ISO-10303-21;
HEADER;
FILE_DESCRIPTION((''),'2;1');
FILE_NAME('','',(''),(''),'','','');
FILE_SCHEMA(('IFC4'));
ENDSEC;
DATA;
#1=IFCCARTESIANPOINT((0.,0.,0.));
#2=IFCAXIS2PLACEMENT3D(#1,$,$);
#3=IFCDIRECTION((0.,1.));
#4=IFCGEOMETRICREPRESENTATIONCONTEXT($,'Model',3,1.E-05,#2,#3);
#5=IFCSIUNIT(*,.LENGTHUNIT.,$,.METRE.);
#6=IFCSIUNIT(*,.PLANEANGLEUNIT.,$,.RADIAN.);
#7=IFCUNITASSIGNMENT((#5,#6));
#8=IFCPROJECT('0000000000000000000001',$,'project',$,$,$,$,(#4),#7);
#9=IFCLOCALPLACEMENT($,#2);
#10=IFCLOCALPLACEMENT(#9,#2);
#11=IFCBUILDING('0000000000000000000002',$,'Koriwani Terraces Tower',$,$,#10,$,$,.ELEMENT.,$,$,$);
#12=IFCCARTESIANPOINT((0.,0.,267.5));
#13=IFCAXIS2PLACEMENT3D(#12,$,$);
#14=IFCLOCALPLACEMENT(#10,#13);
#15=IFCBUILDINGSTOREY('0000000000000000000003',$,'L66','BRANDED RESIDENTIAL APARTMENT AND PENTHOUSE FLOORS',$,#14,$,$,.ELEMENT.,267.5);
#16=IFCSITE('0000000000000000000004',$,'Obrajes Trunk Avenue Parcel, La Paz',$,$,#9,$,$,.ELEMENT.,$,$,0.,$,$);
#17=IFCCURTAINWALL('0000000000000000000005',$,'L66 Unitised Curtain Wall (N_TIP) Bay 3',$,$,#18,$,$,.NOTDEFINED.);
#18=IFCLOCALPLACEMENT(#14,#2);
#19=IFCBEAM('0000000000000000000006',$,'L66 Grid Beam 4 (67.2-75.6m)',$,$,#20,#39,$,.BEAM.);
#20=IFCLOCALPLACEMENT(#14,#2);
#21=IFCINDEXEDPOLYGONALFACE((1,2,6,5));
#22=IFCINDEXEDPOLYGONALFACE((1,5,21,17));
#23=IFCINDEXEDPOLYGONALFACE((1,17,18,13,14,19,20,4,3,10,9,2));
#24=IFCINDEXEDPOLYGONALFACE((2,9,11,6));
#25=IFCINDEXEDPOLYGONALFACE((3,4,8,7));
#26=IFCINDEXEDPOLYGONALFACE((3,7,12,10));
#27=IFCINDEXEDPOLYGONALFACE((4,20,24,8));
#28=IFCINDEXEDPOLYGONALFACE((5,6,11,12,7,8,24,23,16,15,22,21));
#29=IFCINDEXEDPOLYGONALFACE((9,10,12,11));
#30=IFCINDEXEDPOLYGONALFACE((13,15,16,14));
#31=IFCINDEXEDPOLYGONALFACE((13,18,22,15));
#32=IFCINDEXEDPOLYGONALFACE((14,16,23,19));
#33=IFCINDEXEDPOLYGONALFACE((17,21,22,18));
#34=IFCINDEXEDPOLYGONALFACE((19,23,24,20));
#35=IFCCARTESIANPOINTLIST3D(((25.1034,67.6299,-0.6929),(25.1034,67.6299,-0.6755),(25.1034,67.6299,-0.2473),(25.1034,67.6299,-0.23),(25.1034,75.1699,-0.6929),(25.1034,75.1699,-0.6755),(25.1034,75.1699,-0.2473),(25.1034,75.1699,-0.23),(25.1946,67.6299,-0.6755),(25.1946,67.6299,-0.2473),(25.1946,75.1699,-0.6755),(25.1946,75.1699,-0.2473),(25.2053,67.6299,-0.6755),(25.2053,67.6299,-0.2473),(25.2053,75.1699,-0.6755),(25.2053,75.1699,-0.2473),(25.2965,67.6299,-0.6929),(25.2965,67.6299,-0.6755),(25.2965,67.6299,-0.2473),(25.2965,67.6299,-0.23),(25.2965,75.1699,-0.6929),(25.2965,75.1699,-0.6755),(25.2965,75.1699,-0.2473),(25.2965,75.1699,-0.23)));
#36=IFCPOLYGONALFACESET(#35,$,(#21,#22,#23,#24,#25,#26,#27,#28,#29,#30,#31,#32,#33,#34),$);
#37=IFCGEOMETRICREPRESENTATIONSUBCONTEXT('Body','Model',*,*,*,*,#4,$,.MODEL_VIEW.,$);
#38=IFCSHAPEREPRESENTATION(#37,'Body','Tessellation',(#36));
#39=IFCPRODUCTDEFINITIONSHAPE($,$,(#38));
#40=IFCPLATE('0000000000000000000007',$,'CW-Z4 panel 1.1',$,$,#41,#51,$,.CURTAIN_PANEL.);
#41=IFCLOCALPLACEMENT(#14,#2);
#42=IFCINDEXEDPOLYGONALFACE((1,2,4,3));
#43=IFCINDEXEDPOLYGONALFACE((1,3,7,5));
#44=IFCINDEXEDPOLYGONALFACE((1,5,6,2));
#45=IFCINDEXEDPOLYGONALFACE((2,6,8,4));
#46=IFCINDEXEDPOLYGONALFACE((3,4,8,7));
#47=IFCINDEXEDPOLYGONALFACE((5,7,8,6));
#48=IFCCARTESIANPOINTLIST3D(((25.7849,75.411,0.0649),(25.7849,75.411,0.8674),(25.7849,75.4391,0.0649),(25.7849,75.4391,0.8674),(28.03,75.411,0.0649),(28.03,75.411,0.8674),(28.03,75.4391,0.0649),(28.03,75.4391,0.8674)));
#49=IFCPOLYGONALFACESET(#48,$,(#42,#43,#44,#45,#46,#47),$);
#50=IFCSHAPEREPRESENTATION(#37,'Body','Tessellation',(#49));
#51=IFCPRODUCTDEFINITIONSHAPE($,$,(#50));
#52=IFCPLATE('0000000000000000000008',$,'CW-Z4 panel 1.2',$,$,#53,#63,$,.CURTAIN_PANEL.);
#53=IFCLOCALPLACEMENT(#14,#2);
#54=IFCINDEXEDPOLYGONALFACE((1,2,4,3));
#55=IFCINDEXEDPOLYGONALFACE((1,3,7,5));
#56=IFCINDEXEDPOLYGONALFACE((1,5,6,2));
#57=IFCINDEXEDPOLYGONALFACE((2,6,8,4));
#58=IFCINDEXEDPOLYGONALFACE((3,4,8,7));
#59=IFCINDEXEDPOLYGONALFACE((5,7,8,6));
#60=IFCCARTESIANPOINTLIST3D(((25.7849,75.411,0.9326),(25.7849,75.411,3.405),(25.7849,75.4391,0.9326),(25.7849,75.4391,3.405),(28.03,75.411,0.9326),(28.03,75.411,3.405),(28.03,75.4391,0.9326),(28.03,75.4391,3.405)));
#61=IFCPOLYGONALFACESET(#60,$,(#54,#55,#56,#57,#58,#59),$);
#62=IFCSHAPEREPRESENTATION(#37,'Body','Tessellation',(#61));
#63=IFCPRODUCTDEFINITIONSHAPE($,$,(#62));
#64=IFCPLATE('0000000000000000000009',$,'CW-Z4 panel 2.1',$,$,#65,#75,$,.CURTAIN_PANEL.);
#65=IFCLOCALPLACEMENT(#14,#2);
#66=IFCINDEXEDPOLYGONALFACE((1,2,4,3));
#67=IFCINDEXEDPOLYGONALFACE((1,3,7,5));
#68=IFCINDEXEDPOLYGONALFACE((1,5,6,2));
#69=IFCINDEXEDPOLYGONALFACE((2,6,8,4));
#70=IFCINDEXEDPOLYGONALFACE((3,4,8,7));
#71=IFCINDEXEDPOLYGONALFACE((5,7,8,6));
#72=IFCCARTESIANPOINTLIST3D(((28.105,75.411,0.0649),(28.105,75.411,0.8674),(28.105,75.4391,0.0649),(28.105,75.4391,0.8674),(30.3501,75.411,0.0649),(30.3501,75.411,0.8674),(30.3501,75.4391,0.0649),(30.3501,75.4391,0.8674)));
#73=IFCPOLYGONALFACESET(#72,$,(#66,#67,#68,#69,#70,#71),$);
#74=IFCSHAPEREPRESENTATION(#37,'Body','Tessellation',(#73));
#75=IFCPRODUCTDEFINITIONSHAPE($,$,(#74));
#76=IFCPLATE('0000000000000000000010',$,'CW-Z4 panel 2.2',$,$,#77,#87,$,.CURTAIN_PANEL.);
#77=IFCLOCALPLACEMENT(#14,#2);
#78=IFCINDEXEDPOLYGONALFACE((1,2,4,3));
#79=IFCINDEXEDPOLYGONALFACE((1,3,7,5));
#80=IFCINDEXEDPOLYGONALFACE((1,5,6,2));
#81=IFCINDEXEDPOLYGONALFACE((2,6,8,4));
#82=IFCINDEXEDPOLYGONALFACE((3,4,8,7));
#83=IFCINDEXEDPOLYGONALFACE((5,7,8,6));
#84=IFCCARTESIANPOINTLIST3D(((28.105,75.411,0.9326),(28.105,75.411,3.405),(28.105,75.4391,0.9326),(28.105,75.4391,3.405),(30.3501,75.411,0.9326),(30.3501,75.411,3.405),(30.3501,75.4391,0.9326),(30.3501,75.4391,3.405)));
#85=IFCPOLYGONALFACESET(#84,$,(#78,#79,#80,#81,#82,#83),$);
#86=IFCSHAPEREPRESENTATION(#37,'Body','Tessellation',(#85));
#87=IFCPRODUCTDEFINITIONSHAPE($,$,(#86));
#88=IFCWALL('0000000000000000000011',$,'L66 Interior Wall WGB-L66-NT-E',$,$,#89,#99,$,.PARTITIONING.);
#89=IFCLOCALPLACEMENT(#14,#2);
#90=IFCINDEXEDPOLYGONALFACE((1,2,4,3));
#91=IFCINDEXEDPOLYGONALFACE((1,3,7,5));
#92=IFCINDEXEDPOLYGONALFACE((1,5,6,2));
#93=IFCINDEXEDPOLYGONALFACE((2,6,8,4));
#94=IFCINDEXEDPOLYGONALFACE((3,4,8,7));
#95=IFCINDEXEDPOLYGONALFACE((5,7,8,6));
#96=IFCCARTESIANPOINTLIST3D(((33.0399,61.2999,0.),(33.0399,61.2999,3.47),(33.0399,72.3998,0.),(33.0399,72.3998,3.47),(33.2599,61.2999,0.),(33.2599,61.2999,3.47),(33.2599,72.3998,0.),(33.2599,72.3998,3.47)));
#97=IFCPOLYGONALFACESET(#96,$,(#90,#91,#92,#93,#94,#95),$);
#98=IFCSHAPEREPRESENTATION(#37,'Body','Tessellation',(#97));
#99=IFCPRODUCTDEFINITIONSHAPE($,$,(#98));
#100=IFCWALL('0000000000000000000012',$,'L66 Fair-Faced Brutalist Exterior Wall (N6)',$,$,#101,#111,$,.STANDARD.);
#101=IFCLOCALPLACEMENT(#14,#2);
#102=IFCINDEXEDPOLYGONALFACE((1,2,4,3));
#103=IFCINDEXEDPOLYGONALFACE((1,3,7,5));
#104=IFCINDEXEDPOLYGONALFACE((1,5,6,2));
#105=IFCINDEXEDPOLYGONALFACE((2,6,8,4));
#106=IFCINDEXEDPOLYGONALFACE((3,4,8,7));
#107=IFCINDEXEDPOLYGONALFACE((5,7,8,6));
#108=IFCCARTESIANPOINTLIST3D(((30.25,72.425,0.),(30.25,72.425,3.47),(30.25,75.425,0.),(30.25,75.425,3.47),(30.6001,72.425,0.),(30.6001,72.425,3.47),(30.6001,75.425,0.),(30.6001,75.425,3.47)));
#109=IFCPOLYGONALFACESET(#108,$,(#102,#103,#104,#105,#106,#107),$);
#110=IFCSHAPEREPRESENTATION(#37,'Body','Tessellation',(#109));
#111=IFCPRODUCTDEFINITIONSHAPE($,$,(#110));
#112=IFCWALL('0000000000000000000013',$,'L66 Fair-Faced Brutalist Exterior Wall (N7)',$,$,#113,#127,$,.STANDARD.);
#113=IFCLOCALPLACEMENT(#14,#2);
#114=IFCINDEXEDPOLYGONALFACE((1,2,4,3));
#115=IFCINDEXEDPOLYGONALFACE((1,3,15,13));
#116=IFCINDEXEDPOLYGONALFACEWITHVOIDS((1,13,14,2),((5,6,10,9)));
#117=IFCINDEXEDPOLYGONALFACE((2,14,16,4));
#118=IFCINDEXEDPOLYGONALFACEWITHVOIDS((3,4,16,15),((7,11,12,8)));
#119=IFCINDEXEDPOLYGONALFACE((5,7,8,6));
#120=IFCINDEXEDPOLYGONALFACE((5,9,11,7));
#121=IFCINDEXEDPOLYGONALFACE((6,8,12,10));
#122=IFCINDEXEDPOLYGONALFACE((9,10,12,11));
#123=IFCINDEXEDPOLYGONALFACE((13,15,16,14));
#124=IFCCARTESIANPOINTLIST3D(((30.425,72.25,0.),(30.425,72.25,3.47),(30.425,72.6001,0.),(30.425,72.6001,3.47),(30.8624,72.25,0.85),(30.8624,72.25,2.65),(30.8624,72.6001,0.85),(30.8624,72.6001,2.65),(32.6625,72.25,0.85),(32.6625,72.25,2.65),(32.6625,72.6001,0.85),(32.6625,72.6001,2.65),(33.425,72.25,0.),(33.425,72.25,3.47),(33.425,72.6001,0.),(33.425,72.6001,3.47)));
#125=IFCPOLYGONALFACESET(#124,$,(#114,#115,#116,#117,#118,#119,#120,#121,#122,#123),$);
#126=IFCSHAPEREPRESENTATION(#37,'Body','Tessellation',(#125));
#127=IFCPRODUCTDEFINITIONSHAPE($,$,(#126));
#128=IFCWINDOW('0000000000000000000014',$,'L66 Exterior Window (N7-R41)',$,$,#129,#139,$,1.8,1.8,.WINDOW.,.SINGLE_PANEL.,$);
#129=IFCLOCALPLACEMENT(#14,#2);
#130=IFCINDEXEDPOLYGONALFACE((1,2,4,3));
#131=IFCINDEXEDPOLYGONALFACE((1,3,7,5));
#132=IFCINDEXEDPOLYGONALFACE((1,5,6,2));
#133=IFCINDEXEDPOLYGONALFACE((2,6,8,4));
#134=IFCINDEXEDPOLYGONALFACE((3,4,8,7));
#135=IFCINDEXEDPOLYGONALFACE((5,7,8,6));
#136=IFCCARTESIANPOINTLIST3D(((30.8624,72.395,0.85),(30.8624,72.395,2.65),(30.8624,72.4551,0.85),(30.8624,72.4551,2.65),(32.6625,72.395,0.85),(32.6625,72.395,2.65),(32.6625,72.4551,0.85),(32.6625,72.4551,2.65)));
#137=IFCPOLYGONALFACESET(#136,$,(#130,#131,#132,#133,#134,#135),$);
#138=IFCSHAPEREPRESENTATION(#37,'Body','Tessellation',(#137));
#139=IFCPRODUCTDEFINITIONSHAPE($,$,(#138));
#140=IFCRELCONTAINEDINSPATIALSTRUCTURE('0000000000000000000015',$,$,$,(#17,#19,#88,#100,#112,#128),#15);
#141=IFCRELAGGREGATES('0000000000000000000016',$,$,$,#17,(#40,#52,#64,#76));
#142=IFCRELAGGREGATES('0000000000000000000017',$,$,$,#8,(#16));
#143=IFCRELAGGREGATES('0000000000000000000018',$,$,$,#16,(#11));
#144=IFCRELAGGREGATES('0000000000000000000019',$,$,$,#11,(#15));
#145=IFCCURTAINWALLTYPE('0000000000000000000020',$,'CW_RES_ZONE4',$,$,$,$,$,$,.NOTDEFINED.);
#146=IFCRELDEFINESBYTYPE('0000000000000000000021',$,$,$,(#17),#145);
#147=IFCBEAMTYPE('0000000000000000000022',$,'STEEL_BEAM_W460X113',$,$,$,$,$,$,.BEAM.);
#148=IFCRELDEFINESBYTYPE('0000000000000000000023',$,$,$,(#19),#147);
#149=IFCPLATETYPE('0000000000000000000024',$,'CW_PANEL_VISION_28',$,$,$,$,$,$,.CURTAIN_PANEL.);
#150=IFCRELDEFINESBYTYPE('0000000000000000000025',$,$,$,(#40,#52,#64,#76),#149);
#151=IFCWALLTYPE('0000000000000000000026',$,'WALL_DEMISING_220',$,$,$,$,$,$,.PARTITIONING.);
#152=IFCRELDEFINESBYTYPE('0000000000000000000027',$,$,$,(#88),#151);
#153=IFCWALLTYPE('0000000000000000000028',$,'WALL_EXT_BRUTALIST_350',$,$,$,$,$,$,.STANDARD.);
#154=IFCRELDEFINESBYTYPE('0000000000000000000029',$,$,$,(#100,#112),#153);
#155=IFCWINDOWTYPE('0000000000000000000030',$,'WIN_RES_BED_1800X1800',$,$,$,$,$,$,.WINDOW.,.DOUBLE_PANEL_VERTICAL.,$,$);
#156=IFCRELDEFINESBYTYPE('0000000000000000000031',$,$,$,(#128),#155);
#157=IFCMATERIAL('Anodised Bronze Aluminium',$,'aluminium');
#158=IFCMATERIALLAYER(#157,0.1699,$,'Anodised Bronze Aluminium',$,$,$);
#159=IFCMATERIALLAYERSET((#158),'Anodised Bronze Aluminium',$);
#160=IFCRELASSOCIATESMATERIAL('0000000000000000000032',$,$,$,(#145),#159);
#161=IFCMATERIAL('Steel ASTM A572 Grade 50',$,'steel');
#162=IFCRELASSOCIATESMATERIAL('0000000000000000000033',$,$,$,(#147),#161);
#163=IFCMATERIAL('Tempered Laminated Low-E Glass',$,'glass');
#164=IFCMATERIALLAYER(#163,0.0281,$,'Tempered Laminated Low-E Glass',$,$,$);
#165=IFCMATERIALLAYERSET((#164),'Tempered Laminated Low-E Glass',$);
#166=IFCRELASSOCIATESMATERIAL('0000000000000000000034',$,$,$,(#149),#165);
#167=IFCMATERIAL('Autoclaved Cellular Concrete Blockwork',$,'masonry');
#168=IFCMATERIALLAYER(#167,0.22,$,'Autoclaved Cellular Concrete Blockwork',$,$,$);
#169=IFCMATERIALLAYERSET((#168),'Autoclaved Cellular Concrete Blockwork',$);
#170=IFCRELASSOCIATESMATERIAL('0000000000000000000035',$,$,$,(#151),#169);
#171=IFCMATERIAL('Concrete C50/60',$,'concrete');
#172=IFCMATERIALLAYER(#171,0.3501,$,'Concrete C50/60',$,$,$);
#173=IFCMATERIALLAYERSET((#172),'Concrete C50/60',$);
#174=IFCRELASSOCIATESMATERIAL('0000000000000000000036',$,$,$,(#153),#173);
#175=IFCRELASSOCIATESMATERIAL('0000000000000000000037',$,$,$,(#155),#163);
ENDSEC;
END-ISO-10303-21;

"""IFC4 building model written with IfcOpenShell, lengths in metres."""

from ifc_helpers import new_model, si_unit, direction, frame, frame_2d, origin, origin_2d, place, context, subcontext, project, spatial, rectangle, i_section, extrude, material, layer, layer_set, material_profile, profile_set, type_object, element, fill, aggregate, save


model = new_model("IFC4")

# Units and contexts
model_context = context("Model", 3, precision=1e-05, world=origin(), true_north=direction((0.0, 1.0)))
body_context = subcontext(model_context, "Body", "Model", "MODEL_VIEW")
ifc_project = project(units=[si_unit("LENGTHUNIT", "METRE"), si_unit("PLANEANGLEUNIT", "RADIAN")], contexts=[model_context])

# Site, building, storey
site_placement = place(None, origin())
site = spatial("IfcSite", under=ifc_project, at=site_placement, Name="Obrajes Trunk Avenue Parcel, La Paz", CompositionType="ELEMENT", RefElevation=0.0)
building_placement = place(site_placement, origin())
building = spatial("IfcBuilding", under=site, at=building_placement, Name="Koriwani Terraces Tower", CompositionType="ELEMENT")
storey_placement = place(building_placement, frame((0.0, 0.0, 267.5)))
storey = spatial("IfcBuildingStorey", under=building, at=storey_placement, Name="L66", Description="BRANDED RESIDENTIAL APARTMENT AND PENTHOUSE FLOORS", CompositionType="ELEMENT", Elevation=267.5)

# Shared definitions
ifc_material_1 = material(Name="Concrete C50/60", Category="concrete")

# Curtain wall
ifc_material_2 = material(Name="Anodised Bronze Aluminium", Category="aluminium")
ifc_layer_1 = layer(ifc_material_2, 0.1699, Name="Anodised Bronze Aluminium")
ifc_layer_set_1 = layer_set([ifc_layer_1], Name="Anodised Bronze Aluminium")
curtain_wall_type = type_object("IfcCurtainWallType", Name="CW_RES_ZONE4", PredefinedType="NOTDEFINED", material=ifc_layer_set_1)
curtain_wall_placement = place(storey_placement, origin())
curtain_wall = element("IfcCurtainWall", 1, at=curtain_wall_placement, inside=storey, type_object=curtain_wall_type, Name="L66 Unitised Curtain Wall (N_TIP) Bay 3", PredefinedType="NOTDEFINED")

# Beam
ifc_material_3 = material(Name="Steel ASTM A572 Grade 50", Category="steel")
ifc_material_profile_1 = material_profile(ifc_material_3, i_section(OverallWidth=0.1931, OverallDepth=0.4629, WebThickness=0.0107, FlangeThickness=0.0173, at=origin_2d()), Name="Steel ASTM A572 Grade 50", Category="LoadBearing")
ifc_profile_set_1 = profile_set([ifc_material_profile_1], Name="Steel ASTM A572 Grade 50")
beam_type_1 = type_object("IfcBeamType", Name="STEEL_BEAM_W460X113", PredefinedType="BEAM", material=ifc_profile_set_1)
beam_1_placement = place(storey_placement, frame((25.2, 67.6299, -0.4614), z_axis=(0.0, 1.0, 0.0), x_axis=(-1.0, 0.0, 0.0)))
element("IfcBeam", 2, at=beam_1_placement, inside=storey, type_object=beam_type_1, Name="L66 Grid Beam 4 (67.2-75.6m)", PredefinedType="BEAM", context=body_context, shape_type="SweptSolid", body=[
    extrude(i_section(OverallWidth=0.1931, OverallDepth=0.4629, WebThickness=0.0107, FlangeThickness=0.0173, at=origin_2d()), origin(), (0.0, 0.0, 1.0), 7.54),
])

# Plates
ifc_material_4 = material(Name="Tempered Laminated Low-E Glass", Category="glass")
ifc_layer_2 = layer(ifc_material_4, 0.0281, Name="Tempered Laminated Low-E Glass")
ifc_layer_set_2 = layer_set([ifc_layer_2], Name="Tempered Laminated Low-E Glass")
plate_type = type_object("IfcPlateType", Name="CW_PANEL_VISION_28", PredefinedType="CURTAIN_PANEL", material=ifc_layer_set_2)
plate_1_placement = place(storey_placement, frame((26.9075, 75.425, 0.0649), z_axis=(0.0, 0.0, 1.0), x_axis=(1.0, 0.0, 0.0)))
plate_1 = element("IfcPlate", 3, at=plate_1_placement, type_object=plate_type, Name="CW-Z4 panel 1.1", PredefinedType="CURTAIN_PANEL", context=body_context, shape_type="SweptSolid", body=[
    extrude(rectangle(XDim=2.2451, YDim=0.0281, at=origin_2d()), origin(), (0.0, 0.0, 1.0), 0.8025),
])
plate_2_placement = place(storey_placement, frame((26.9075, 75.425, 0.9326), z_axis=(0.0, 0.0, 1.0), x_axis=(1.0, 0.0, 0.0)))
plate_2 = element("IfcPlate", 4, at=plate_2_placement, type_object=plate_type, Name="CW-Z4 panel 1.2", PredefinedType="CURTAIN_PANEL", context=body_context, shape_type="SweptSolid", body=[
    extrude(rectangle(XDim=2.2451, YDim=0.0281, at=origin_2d()), origin(), (0.0, 0.0, 1.0), 2.4724),
])
plate_3_placement = place(storey_placement, frame((29.2275, 75.425, 0.0649), z_axis=(0.0, 0.0, 1.0), x_axis=(1.0, 0.0, 0.0)))
plate_3 = element("IfcPlate", 5, at=plate_3_placement, type_object=plate_type, Name="CW-Z4 panel 2.1", PredefinedType="CURTAIN_PANEL", context=body_context, shape_type="SweptSolid", body=[
    extrude(rectangle(XDim=2.2451, YDim=0.0281, at=origin_2d()), origin(), (0.0, 0.0, 1.0), 0.8025),
])
plate_4_placement = place(storey_placement, frame((29.2275, 75.425, 0.9326), z_axis=(0.0, 0.0, 1.0), x_axis=(1.0, 0.0, 0.0)))
plate_4 = element("IfcPlate", 6, at=plate_4_placement, type_object=plate_type, Name="CW-Z4 panel 2.2", PredefinedType="CURTAIN_PANEL", context=body_context, shape_type="SweptSolid", body=[
    extrude(rectangle(XDim=2.2451, YDim=0.0281, at=origin_2d()), origin(), (0.0, 0.0, 1.0), 2.4724),
])
aggregate(curtain_wall, [plate_1, plate_2, plate_3, plate_4])

# Walls
ifc_material_5 = material(Name="Autoclaved Cellular Concrete Blockwork", Category="masonry")
ifc_layer_3 = layer(ifc_material_5, 0.22, Name="Autoclaved Cellular Concrete Blockwork")
ifc_layer_set_3 = layer_set([ifc_layer_3], Name="Autoclaved Cellular Concrete Blockwork")
wall_type_1 = type_object("IfcWallType", Name="WALL_DEMISING_220", PredefinedType="PARTITIONING", material=ifc_layer_set_3)
wall_1_placement = place(storey_placement, frame((33.1499, 61.3, 0.0), z_axis=(0.0, 0.0, 1.0), x_axis=(0.0, 1.0, 0.0)))
element("IfcWall", 7, at=wall_1_placement, inside=storey, type_object=wall_type_1, Name="L66 Interior Wall WGB-L66-NT-E", PredefinedType="PARTITIONING", context=body_context, shape_type="SweptSolid", body=[
    extrude(rectangle(XDim=11.0999, YDim=0.22, at=frame_2d((5.5498, 0.0))), origin(), (0.0, 0.0, 1.0), 3.47),
])
ifc_layer_4 = layer(ifc_material_1, 0.3501, Name="Concrete C50/60")
ifc_layer_set_4 = layer_set([ifc_layer_4], Name="Concrete C50/60")
wall_type_2 = type_object("IfcWallType", Name="WALL_EXT_BRUTALIST_350", PredefinedType="STANDARD", material=ifc_layer_set_4)
wall_2_placement = place(storey_placement, frame((30.425, 75.425, 0.0), z_axis=(0.0, 0.0, 1.0), x_axis=(0.0, -1.0, 0.0)))
element("IfcWall", 8, at=wall_2_placement, inside=storey, type_object=wall_type_2, Name="L66 Fair-Faced Brutalist Exterior Wall (N6)", PredefinedType="STANDARD", context=body_context, shape_type="SweptSolid", body=[
    extrude(rectangle(XDim=3.0, YDim=0.3501, at=frame_2d((1.5, 0.0))), origin(), (0.0, 0.0, 1.0), 3.47),
])

# Wall, opening, window
wall_3_placement = place(storey_placement, frame((30.425, 72.425, 0.0), z_axis=(0.0, 0.0, 1.0), x_axis=(1.0, 0.0, 0.0)))
wall_3 = element("IfcWall", 9, at=wall_3_placement, inside=storey, type_object=wall_type_2, Name="L66 Fair-Faced Brutalist Exterior Wall (N7)", PredefinedType="STANDARD", context=body_context, shape_type="SweptSolid", body=[
    extrude(rectangle(XDim=3.0, YDim=0.3501, at=frame_2d((1.5, 0.0))), origin(), (0.0, 0.0, 1.0), 3.47),
])
opening_1_placement = place(wall_3_placement, frame((0.4375, 0.0, 0.8501)))
opening_1 = element("IfcOpeningElement", 10, at=opening_1_placement, cuts=wall_3, PredefinedType="OPENING", context=body_context, shape_type="SweptSolid", body=[
    extrude(rectangle(XDim=1.8, YDim=1.8, at=frame_2d((0.8999, 0.8999))), frame((0.0, 0.1851, 0.0), z_axis=(0.0, -1.0, 0.0), x_axis=(1.0, 0.0, 0.0)), (0.0, 0.0, 1.0), 0.3701),
])
window_type_1 = type_object("IfcWindowType", Name="WIN_RES_BED_1800X1800", PartitioningType="DOUBLE_PANEL_VERTICAL", PredefinedType="WINDOW", material=ifc_material_4)
window_1_placement = place(opening_1_placement, origin())
window_1 = element("IfcWindow", 11, at=window_1_placement, inside=storey, type_object=window_type_1, Name="L66 Exterior Window (N7-R41)", OverallHeight=1.8, OverallWidth=1.8, PartitioningType="SINGLE_PANEL", PredefinedType="WINDOW", context=body_context, shape_type="SweptSolid", body=[
    extrude(rectangle(XDim=1.8, YDim=1.8, at=frame_2d((0.8999, 0.8999))), frame((0.0, 0.03, 0.0), z_axis=(0.0, -1.0, 0.0), x_axis=(1.0, 0.0, 0.0)), (0.0, 0.0, 1.0), 0.0601),
])
fill(opening_1, window_1)

save(model, "model.ifc")
